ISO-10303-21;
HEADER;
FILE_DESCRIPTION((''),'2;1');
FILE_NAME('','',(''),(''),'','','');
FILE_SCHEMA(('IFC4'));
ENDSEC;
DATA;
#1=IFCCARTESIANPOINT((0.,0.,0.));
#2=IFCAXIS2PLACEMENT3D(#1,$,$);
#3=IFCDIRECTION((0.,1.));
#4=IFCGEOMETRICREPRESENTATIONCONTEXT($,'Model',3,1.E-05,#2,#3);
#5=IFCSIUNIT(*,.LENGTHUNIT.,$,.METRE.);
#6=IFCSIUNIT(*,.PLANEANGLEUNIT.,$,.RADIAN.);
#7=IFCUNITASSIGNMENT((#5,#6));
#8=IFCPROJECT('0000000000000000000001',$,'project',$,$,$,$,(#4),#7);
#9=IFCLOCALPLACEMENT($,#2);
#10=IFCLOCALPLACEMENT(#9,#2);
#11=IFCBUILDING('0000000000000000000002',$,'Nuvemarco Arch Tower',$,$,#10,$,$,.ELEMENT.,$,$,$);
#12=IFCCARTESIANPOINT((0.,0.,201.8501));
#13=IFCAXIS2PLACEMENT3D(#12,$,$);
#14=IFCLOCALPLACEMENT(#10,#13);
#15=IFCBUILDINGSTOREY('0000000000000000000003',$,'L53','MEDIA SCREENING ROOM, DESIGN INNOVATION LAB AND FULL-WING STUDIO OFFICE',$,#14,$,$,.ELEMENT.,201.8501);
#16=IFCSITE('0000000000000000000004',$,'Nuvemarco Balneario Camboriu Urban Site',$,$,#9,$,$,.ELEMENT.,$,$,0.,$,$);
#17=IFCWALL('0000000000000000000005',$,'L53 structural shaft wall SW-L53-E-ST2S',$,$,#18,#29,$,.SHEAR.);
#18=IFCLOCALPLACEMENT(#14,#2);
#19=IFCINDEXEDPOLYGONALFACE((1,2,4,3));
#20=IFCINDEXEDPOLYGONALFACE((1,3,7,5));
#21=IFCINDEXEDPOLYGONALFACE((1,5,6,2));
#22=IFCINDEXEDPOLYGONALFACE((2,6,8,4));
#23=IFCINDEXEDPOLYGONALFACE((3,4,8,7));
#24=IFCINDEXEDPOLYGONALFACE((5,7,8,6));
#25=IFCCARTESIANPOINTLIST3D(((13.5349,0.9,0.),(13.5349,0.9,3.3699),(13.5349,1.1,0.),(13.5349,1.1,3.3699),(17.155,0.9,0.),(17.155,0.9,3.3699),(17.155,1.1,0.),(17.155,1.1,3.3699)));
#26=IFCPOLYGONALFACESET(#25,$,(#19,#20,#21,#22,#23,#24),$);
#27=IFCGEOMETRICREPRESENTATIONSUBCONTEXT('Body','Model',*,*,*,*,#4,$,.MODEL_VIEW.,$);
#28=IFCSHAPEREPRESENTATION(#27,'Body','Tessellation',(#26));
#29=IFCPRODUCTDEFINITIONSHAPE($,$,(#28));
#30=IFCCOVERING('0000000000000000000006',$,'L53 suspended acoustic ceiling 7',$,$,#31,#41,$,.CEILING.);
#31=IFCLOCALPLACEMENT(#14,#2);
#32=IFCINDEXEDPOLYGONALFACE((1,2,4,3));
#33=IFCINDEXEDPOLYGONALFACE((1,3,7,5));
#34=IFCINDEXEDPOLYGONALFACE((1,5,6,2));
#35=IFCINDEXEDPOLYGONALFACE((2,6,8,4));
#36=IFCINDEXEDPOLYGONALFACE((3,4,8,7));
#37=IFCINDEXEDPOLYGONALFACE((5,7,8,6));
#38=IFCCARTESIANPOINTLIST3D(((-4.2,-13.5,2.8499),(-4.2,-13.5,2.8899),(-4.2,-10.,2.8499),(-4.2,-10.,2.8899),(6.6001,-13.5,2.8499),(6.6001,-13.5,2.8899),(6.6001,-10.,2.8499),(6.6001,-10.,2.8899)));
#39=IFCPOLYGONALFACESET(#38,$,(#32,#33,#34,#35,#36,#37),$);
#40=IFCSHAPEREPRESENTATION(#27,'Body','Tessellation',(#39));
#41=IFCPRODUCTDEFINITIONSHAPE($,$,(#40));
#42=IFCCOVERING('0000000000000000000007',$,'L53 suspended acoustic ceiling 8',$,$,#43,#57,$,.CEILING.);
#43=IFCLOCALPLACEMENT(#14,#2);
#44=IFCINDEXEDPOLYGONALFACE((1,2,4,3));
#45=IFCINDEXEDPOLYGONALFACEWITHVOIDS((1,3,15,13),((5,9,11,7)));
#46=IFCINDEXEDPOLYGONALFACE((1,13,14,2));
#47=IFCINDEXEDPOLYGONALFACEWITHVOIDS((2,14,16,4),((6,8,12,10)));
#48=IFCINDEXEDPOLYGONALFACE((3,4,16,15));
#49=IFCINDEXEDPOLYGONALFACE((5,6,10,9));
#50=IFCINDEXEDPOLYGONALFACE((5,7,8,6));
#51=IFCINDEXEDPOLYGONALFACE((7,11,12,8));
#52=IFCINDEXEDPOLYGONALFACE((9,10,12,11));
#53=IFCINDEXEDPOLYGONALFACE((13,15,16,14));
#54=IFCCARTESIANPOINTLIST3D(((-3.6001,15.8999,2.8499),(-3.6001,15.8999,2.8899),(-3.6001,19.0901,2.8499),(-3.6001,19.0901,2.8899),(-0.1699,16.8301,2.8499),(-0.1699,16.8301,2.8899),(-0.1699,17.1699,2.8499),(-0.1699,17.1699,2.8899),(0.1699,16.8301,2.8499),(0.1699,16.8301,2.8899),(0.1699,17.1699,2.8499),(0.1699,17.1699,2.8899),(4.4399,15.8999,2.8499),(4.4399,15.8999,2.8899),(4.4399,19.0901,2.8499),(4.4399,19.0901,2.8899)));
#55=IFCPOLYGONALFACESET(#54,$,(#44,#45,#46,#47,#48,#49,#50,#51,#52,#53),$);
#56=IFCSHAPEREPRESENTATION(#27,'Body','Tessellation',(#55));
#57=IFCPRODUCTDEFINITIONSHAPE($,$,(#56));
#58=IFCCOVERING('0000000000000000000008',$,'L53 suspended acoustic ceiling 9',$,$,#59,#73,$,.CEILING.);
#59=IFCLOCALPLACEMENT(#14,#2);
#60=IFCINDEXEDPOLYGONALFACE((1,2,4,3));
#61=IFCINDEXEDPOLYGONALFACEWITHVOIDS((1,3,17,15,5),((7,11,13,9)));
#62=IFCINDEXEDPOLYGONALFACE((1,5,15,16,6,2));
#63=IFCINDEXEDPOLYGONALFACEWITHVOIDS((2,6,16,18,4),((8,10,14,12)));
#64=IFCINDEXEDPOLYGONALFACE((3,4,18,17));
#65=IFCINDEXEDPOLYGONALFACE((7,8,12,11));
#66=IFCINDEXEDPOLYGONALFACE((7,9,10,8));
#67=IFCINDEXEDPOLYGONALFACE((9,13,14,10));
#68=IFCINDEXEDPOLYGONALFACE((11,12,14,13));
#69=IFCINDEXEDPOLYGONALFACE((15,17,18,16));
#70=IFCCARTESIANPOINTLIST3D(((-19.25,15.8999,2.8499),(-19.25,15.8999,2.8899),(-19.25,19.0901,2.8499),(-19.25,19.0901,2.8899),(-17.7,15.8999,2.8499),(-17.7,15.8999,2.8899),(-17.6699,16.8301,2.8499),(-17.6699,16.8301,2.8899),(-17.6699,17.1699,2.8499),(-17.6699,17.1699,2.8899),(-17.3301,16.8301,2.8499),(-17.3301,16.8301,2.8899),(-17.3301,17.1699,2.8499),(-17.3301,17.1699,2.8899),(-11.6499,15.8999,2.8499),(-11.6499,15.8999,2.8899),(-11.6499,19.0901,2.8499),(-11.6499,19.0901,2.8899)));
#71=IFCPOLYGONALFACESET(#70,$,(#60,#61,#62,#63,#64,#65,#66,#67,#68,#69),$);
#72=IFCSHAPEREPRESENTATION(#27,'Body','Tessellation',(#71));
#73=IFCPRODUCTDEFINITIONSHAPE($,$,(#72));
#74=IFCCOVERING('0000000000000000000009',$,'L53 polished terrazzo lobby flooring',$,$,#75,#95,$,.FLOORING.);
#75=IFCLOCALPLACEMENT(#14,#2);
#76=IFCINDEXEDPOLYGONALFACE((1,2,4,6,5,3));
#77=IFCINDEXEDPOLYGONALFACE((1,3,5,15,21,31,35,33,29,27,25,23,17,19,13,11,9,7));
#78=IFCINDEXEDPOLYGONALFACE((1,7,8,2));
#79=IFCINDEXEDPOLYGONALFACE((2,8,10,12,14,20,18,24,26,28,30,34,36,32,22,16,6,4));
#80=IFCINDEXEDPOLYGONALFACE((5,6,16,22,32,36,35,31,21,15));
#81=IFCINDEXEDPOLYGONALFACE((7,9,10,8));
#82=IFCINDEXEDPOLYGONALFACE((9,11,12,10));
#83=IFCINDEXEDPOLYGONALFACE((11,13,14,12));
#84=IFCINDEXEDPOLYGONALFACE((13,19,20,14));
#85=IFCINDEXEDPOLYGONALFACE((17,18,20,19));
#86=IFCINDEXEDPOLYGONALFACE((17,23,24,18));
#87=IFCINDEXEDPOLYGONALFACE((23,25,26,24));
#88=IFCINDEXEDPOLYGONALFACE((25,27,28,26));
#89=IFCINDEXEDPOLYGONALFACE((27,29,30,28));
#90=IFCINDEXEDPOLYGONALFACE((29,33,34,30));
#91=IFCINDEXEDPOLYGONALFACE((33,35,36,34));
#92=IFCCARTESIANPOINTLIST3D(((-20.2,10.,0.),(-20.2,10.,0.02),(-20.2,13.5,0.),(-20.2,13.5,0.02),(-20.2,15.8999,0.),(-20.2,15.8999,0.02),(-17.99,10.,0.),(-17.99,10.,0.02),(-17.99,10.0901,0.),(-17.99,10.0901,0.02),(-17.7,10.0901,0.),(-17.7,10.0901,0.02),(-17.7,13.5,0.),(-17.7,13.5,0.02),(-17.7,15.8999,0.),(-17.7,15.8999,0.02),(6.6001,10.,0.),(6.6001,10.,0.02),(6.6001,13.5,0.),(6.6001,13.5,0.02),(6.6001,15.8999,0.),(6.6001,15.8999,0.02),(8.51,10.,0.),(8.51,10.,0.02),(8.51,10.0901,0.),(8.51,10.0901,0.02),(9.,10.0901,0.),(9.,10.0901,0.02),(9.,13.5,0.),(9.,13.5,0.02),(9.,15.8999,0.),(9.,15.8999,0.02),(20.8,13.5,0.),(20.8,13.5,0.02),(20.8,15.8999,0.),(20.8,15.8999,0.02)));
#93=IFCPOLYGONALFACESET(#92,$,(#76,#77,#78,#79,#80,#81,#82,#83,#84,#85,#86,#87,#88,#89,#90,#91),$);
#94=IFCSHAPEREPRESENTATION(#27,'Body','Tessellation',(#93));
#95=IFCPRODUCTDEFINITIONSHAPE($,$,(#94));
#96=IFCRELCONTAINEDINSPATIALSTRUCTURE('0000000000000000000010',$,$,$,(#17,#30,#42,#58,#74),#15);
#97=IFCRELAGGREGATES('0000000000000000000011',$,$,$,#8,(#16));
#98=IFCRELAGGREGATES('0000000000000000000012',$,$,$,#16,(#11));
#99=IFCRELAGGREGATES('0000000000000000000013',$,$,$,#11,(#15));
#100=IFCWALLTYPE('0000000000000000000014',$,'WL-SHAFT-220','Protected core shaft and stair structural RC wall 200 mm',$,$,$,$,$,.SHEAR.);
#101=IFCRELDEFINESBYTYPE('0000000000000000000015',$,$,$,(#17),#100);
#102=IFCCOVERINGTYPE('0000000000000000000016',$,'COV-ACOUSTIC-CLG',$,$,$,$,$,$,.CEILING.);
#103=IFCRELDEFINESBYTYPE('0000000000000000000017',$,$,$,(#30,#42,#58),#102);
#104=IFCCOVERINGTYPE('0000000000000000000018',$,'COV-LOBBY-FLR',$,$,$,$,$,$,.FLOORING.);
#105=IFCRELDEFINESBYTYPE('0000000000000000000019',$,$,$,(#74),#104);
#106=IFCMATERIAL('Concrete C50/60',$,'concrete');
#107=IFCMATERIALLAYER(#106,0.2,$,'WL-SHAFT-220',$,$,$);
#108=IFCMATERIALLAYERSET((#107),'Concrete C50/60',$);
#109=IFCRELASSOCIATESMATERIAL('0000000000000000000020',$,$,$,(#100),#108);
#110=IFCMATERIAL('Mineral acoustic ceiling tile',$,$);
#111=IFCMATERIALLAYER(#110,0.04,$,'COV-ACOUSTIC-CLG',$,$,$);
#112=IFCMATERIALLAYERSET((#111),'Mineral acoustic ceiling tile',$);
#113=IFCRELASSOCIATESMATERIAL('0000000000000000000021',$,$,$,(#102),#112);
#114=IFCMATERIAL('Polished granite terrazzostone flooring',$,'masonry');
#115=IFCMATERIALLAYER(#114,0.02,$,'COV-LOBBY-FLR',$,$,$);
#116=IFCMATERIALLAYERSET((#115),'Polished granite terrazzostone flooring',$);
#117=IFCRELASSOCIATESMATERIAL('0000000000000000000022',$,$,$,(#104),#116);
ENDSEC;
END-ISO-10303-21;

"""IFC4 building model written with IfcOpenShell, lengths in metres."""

from ifc_helpers import new_model, si_unit, direction, frame, frame_2d, origin, place, context, subcontext, project, spatial, polyline, rectangle, outline, extrude, material, layer, layer_set, type_object, element, save


model = new_model("IFC4")

# Units and contexts
model_context = context("Model", 3, precision=1e-05, world=origin(), true_north=direction((0.0, 1.0)))
body_context = subcontext(model_context, "Body", "Model", "MODEL_VIEW")
ifc_project = project(units=[si_unit("LENGTHUNIT", "METRE"), si_unit("PLANEANGLEUNIT", "RADIAN")], contexts=[model_context])

# Site, building, storey
site_placement = place(None, origin())
site = spatial("IfcSite", under=ifc_project, at=site_placement, Name="Nuvemarco Balneario Camboriu Urban Site", CompositionType="ELEMENT", RefElevation=0.0)
building_placement = place(site_placement, origin())
building = spatial("IfcBuilding", under=site, at=building_placement, Name="Nuvemarco Arch Tower", CompositionType="ELEMENT")
storey_placement = place(building_placement, frame((0.0, 0.0, 201.8501)))
storey = spatial("IfcBuildingStorey", under=building, at=storey_placement, Name="L53", Description="MEDIA SCREENING ROOM, DESIGN INNOVATION LAB AND FULL-WING STUDIO OFFICE", CompositionType="ELEMENT", Elevation=201.8501)

# Shared definitions
ifc_material_1 = material(Name="Concrete C50/60", Category="concrete")

# Shared definitions
ifc_layer_1 = layer(ifc_material_1, 0.2, Name="WL-SHAFT-220")
ifc_layer_set_1 = layer_set([ifc_layer_1], Name="Concrete C50/60")
wall_type_1 = type_object("IfcWallType", Name="WL-SHAFT-220", Description="Protected core shaft and stair structural RC wall 200 mm", PredefinedType="SHEAR", material=ifc_layer_set_1)

# Wall
wall_1_placement = place(storey_placement, frame((13.5349, 1.0, 0.0), z_axis=(0.0, 0.0, 1.0), x_axis=(1.0, 0.0, 0.0)))
element("IfcWall", 1, at=wall_1_placement, inside=storey, type_object=wall_type_1, Name="L53 structural shaft wall SW-L53-E-ST2S", PredefinedType="SHEAR", context=body_context, shape_type="SweptSolid", body=[
    extrude(rectangle(XDim=3.6201, YDim=0.2, at=frame_2d((1.8101, 0.0))), origin(), (0.0, 0.0, 1.0), 3.3699),
])

# Coverings
ifc_material_2 = material(Name="Mineral acoustic ceiling tile")
ifc_layer_2 = layer(ifc_material_2, 0.04, Name="COV-ACOUSTIC-CLG")
ifc_layer_set_2 = layer_set([ifc_layer_2], Name="Mineral acoustic ceiling tile")
covering_type_1 = type_object("IfcCoveringType", Name="COV-ACOUSTIC-CLG", PredefinedType="CEILING", material=ifc_layer_set_2)
covering_1_placement = place(storey_placement, frame((0.0, 0.0, 2.8499)))
element("IfcCovering", 2, at=covering_1_placement, inside=storey, type_object=covering_type_1, Name="L53 suspended acoustic ceiling 7", PredefinedType="CEILING", context=body_context, shape_type="SweptSolid", body=[
    extrude(outline(polyline([(6.6001, -13.5), (-4.2, -13.5), (-4.2, -10.0), (6.6001, -10.0), (6.6001, -13.5)])), origin(), (0.0, 0.0, 1.0), 0.04),
])
covering_2_placement = place(storey_placement, frame((0.0, 0.0, 2.8499)))
element("IfcCovering", 3, at=covering_2_placement, inside=storey, type_object=covering_type_1, Name="L53 suspended acoustic ceiling 8", PredefinedType="CEILING", context=body_context, shape_type="SweptSolid", body=[
    extrude(outline(polyline([(-3.6001, 15.8999), (-3.6001, 19.0901), (4.4399, 19.0901), (4.4399, 15.8999), (-3.6001, 15.8999)]), holes=[polyline([(0.1699, 16.8301), (0.1699, 17.1699), (-0.1699, 17.1699), (-0.1699, 16.8301), (0.1699, 16.8301)])]), origin(), (0.0, 0.0, 1.0), 0.04),
])
covering_3_placement = place(storey_placement, frame((0.0, 0.0, 2.8499)))
element("IfcCovering", 4, at=covering_3_placement, inside=storey, type_object=covering_type_1, Name="L53 suspended acoustic ceiling 9", PredefinedType="CEILING", context=body_context, shape_type="SweptSolid", body=[
    extrude(outline(polyline([(-11.6499, 15.8999), (-17.7, 15.8999), (-19.25, 15.8999), (-19.25, 19.0901), (-11.6499, 19.0901), (-11.6499, 15.8999)]), holes=[polyline([(-17.3301, 16.8301), (-17.3301, 17.1699), (-17.6699, 17.1699), (-17.6699, 16.8301), (-17.3301, 16.8301)])]), origin(), (0.0, 0.0, 1.0), 0.04),
])
ifc_material_3 = material(Name="Polished granite terrazzostone flooring", Category="masonry")
ifc_layer_3 = layer(ifc_material_3, 0.02, Name="COV-LOBBY-FLR")
ifc_layer_set_3 = layer_set([ifc_layer_3], Name="Polished granite terrazzostone flooring")
covering_type_2 = type_object("IfcCoveringType", Name="COV-LOBBY-FLR", PredefinedType="FLOORING", material=ifc_layer_set_3)
covering_4_placement = place(storey_placement, origin())
element("IfcCovering", 5, at=covering_4_placement, inside=storey, type_object=covering_type_2, Name="L53 polished terrazzo lobby flooring", PredefinedType="FLOORING", context=body_context, shape_type="SweptSolid", body=[
    extrude(outline(polyline([(-20.2, 13.5), (-20.2, 15.8999), (-17.7, 15.8999), (6.6001, 15.8999), (9.0, 15.8999), (20.8, 15.8999), (20.8, 13.5), (9.0, 13.5), (9.0, 10.0901), (8.51, 10.0901), (8.51, 10.0), (6.6001, 10.0), (6.6001, 13.5), (-17.7, 13.5), (-17.7, 10.0901), (-17.99, 10.0901), (-17.99, 10.0), (-20.2, 10.0), (-20.2, 13.5)])), origin(), (0.0, 0.0, 1.0), 0.02),
])

save(model, "model.ifc")
